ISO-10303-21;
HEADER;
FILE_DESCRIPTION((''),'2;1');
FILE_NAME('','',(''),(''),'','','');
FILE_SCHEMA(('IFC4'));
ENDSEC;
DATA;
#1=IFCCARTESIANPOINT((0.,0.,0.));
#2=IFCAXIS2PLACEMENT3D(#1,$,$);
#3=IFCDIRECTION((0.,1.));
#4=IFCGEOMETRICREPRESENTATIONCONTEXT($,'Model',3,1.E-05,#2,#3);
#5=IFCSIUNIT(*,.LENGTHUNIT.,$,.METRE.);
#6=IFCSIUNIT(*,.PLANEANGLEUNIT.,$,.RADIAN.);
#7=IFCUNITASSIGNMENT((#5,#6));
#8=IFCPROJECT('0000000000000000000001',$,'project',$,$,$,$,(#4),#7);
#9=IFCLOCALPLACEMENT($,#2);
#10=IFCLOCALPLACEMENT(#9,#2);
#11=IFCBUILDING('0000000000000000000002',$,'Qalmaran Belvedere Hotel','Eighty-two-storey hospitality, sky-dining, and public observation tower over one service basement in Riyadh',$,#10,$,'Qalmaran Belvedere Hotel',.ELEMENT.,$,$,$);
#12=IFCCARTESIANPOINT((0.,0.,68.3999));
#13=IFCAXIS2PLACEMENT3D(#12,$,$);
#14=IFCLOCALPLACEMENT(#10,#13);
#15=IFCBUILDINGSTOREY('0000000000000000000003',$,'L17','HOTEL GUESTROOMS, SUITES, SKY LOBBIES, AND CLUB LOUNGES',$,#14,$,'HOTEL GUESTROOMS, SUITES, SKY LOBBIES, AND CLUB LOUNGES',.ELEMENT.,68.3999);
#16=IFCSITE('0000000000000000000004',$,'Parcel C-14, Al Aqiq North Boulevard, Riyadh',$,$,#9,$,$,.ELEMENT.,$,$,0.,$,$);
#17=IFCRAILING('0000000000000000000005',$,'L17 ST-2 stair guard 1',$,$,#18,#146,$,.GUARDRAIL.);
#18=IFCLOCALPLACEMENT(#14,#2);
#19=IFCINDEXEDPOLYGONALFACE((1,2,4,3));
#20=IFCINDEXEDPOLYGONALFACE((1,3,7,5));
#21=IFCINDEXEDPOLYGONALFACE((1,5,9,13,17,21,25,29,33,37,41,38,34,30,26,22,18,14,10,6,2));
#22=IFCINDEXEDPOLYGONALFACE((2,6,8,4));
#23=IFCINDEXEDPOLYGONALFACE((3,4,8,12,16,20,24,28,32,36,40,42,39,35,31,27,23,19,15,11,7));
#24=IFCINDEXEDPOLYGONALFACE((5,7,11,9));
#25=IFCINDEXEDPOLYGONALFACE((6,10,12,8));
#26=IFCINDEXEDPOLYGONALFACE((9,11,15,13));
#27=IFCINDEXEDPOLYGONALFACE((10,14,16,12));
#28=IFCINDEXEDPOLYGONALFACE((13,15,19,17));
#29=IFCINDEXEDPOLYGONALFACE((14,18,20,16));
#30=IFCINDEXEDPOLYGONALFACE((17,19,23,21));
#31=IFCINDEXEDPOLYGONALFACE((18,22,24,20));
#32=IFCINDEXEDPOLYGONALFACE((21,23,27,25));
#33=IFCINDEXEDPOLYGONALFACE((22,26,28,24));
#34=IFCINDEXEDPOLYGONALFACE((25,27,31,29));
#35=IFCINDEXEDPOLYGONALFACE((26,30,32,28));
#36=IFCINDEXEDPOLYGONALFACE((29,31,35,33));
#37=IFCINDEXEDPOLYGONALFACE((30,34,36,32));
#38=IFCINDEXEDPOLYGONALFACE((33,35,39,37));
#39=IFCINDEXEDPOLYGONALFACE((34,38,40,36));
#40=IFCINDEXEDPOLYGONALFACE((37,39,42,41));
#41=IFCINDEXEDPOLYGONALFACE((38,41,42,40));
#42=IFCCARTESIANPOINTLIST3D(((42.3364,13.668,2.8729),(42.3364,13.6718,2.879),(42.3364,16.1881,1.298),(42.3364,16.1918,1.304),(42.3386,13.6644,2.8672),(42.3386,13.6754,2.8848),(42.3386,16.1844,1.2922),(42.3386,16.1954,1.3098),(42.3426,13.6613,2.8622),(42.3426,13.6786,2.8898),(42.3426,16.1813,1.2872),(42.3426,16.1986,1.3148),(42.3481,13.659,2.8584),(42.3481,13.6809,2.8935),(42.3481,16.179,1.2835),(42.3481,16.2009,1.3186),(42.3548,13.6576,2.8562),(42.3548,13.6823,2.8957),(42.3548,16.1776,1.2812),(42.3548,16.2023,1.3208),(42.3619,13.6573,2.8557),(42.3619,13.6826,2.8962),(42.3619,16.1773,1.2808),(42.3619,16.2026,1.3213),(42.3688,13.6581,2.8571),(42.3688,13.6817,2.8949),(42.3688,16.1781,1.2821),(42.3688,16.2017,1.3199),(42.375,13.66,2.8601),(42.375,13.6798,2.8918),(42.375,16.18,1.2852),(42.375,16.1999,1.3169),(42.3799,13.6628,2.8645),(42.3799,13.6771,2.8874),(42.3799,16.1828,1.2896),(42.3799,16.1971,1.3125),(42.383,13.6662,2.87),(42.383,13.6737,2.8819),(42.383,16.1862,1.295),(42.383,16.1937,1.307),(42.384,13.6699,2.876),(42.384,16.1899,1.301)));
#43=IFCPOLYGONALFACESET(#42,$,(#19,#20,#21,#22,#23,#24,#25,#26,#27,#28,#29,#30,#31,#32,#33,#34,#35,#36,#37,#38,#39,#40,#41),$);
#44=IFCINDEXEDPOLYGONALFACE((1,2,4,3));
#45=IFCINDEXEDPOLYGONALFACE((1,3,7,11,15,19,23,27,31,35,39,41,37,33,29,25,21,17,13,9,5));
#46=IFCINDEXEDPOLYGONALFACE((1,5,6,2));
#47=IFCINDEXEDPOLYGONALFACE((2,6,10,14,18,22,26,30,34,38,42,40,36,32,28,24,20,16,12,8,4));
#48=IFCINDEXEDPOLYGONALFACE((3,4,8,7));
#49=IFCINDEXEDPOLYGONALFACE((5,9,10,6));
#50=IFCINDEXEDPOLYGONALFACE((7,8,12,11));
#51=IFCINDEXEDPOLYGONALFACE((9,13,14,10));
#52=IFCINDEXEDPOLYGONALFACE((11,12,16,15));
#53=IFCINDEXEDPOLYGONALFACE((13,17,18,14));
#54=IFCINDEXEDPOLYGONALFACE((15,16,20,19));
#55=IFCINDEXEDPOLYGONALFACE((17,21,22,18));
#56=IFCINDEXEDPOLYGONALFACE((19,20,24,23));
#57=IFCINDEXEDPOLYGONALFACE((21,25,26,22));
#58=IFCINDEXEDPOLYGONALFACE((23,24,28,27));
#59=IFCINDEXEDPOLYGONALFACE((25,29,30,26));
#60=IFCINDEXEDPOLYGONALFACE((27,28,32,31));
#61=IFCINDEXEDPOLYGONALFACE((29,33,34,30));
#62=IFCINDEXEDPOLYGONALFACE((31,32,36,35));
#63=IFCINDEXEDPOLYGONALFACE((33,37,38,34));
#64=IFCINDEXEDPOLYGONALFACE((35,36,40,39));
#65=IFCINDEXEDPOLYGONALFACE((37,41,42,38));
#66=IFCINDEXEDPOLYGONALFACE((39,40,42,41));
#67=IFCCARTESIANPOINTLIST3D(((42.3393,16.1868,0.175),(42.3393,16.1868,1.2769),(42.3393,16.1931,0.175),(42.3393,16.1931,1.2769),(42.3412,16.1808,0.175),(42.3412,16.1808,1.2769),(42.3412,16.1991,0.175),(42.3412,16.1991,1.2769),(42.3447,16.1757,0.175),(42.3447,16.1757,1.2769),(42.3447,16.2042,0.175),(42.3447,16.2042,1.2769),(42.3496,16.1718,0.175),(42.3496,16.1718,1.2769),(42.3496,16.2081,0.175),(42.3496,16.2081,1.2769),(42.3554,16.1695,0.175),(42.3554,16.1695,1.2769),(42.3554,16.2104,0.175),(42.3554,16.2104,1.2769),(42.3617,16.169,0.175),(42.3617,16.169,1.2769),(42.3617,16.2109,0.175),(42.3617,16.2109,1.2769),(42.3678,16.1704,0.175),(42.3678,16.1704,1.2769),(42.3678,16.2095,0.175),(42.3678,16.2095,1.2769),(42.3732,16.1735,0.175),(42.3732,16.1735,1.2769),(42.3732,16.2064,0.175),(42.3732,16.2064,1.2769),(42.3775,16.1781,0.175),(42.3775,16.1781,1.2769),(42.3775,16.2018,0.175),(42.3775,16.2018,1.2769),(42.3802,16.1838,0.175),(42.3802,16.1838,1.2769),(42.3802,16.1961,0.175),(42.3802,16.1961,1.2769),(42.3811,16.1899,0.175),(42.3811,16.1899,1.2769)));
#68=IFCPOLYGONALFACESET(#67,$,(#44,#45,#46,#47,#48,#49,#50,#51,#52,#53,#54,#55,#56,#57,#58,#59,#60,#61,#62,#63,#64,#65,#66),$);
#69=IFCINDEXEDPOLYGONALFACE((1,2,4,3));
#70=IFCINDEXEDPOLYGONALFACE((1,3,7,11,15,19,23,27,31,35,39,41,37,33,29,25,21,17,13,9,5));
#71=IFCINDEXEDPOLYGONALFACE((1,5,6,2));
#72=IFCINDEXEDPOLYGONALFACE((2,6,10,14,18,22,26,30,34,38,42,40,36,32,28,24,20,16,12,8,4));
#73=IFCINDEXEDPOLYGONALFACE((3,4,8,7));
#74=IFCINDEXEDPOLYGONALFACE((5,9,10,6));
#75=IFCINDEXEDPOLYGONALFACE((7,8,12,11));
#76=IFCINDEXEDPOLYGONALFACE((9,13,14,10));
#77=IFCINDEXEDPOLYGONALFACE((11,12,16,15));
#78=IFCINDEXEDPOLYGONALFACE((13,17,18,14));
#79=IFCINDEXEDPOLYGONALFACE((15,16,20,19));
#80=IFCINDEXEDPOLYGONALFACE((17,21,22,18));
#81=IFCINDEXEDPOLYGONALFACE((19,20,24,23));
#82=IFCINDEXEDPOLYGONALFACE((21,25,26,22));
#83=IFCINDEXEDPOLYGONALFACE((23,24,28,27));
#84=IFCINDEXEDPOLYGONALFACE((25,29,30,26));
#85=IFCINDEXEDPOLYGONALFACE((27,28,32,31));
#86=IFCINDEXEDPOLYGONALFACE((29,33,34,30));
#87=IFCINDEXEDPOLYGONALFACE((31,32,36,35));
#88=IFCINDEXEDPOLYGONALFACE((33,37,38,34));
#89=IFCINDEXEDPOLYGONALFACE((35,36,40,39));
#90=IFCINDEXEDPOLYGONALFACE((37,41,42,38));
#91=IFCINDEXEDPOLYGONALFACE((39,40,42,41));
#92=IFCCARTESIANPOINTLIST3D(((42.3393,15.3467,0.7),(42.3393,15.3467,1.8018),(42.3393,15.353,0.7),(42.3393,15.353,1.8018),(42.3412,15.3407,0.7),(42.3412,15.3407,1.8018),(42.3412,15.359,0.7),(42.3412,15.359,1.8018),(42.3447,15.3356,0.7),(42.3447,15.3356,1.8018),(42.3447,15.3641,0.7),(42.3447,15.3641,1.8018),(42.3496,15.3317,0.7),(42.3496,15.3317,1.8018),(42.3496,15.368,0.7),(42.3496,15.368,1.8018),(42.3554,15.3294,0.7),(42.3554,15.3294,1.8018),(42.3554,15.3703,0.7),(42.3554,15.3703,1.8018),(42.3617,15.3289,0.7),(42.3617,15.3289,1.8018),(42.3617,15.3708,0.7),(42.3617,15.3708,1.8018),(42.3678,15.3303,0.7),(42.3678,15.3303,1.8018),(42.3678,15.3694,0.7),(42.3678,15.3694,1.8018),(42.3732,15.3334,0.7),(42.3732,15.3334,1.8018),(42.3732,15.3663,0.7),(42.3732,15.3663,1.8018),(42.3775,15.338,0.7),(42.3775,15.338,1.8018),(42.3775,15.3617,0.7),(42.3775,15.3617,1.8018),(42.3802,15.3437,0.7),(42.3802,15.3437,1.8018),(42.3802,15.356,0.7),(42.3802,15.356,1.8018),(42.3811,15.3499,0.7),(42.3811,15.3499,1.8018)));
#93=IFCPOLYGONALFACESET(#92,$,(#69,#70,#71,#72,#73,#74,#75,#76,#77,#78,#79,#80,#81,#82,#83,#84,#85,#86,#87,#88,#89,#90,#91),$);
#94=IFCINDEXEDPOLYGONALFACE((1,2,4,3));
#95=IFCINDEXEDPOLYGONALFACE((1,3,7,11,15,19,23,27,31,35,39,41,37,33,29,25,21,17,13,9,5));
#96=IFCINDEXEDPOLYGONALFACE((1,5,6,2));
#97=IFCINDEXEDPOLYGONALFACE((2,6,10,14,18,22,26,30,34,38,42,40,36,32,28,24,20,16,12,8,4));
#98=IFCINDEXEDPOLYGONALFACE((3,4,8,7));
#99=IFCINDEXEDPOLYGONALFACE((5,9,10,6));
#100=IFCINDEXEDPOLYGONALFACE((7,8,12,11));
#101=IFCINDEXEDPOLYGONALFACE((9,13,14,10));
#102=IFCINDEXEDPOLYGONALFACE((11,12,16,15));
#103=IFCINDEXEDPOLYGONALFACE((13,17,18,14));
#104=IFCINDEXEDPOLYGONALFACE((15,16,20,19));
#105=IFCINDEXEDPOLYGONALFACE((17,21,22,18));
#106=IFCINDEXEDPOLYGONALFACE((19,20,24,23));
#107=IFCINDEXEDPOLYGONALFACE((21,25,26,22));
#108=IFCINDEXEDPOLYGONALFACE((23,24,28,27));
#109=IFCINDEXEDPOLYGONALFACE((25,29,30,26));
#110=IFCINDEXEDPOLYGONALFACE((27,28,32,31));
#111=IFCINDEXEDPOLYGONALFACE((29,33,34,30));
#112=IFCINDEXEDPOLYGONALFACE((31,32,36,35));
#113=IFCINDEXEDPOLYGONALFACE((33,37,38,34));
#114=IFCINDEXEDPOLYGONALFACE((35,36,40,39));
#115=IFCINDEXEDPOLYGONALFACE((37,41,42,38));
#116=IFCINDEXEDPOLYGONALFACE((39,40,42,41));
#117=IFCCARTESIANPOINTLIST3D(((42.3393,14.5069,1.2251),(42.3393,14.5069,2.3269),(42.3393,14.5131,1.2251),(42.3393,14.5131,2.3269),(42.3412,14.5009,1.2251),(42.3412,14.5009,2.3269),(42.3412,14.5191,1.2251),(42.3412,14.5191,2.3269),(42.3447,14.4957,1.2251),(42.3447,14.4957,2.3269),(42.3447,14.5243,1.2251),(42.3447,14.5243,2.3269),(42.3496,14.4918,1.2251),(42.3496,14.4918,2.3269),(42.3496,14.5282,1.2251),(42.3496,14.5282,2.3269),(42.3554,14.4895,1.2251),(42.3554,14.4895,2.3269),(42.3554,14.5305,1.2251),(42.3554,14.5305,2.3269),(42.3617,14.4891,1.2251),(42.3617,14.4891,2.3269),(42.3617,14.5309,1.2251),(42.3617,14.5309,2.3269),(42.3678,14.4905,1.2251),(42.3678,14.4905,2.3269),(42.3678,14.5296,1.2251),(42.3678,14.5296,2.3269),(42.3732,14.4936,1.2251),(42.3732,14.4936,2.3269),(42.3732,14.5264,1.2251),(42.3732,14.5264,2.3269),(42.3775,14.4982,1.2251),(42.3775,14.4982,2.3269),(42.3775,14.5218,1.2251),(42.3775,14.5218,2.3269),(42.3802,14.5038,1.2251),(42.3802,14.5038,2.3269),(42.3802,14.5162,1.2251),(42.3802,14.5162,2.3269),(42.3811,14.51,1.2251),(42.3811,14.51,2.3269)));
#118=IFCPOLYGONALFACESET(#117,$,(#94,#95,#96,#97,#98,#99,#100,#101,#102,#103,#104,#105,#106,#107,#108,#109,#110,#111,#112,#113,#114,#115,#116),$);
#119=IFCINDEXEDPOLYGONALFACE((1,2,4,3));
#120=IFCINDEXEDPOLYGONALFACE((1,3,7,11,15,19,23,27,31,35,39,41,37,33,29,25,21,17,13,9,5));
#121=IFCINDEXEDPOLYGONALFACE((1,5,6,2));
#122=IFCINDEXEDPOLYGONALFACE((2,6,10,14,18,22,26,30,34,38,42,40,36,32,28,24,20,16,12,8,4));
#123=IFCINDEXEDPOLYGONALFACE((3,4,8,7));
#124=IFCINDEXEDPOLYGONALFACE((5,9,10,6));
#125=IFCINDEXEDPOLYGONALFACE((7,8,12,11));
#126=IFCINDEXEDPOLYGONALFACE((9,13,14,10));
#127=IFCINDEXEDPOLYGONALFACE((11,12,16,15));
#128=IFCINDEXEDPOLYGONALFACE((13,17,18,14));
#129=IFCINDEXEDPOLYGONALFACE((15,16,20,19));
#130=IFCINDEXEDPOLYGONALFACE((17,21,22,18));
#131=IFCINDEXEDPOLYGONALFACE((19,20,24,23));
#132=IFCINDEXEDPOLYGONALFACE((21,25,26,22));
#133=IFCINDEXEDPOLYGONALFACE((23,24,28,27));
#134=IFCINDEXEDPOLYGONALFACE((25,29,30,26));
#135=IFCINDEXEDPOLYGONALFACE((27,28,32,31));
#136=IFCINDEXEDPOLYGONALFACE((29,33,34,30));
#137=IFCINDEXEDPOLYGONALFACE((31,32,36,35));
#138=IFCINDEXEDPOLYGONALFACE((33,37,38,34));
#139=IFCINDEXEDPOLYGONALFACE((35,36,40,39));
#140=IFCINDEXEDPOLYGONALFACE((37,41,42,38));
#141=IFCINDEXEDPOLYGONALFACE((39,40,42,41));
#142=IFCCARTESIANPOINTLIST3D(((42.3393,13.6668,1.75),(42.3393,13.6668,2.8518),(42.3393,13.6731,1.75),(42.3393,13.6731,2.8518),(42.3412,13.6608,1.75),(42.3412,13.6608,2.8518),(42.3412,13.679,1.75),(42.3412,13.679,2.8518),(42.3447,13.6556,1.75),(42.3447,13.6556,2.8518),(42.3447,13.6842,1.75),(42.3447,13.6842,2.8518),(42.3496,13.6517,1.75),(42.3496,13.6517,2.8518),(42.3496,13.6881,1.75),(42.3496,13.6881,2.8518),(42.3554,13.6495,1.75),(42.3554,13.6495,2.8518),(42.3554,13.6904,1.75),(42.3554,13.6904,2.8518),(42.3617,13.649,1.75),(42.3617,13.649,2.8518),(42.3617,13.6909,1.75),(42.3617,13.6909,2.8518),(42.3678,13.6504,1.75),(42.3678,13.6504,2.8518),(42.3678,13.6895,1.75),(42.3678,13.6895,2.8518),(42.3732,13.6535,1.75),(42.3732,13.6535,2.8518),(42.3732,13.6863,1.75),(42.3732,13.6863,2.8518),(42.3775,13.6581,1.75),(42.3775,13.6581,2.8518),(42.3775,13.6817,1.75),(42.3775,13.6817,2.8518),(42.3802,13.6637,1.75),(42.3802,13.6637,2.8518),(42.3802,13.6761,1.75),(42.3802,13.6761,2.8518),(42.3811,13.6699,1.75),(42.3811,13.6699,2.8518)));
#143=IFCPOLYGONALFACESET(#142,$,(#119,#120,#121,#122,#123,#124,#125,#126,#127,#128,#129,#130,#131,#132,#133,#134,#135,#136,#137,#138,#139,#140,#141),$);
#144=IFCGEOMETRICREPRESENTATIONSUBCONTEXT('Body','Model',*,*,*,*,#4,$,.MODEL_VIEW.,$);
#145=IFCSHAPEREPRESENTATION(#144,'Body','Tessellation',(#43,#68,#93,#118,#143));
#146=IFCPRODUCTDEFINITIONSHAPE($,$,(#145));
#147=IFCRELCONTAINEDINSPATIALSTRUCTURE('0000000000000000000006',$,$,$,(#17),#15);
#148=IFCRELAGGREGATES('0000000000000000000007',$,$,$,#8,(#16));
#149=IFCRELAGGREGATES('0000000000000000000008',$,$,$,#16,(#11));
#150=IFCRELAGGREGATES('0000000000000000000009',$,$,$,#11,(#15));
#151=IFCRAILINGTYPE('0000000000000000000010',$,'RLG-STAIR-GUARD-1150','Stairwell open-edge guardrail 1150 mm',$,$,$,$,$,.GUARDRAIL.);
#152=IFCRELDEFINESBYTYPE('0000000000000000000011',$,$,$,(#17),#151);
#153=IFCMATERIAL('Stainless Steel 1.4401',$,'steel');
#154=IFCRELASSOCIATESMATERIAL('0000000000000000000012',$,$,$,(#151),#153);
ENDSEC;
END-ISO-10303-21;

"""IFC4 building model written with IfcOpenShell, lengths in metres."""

from ifc_helpers import new_model, si_unit, direction, frame, origin, origin_2d, place, context, subcontext, project, spatial, circle, extrude, material, type_object, element, save


model = new_model("IFC4")

# Units and contexts
model_context = context("Model", 3, precision=1e-05, world=origin(), true_north=direction((0.0, 1.0)))
body_context = subcontext(model_context, "Body", "Model", "MODEL_VIEW")
ifc_project = project(units=[si_unit("LENGTHUNIT", "METRE"), si_unit("PLANEANGLEUNIT", "RADIAN")], contexts=[model_context])

# Site, building, storey
site_placement = place(None, origin())
site = spatial("IfcSite", under=ifc_project, at=site_placement, Name="Parcel C-14, Al Aqiq North Boulevard, Riyadh", CompositionType="ELEMENT", RefElevation=0.0)
building_placement = place(site_placement, origin())
building = spatial("IfcBuilding", under=site, at=building_placement, Name="Qalmaran Belvedere Hotel", Description="Eighty-two-storey hospitality, sky-dining, and public observation tower over one service basement in Riyadh", LongName="Qalmaran Belvedere Hotel", CompositionType="ELEMENT")
storey_placement = place(building_placement, frame((0.0, 0.0, 68.3999)))
storey = spatial("IfcBuildingStorey", under=building, at=storey_placement, Name="L17", Description="HOTEL GUESTROOMS, SUITES, SKY LOBBIES, AND CLUB LOUNGES", LongName="HOTEL GUESTROOMS, SUITES, SKY LOBBIES, AND CLUB LOUNGES", CompositionType="ELEMENT", Elevation=68.3999)

# Shared definitions
ifc_material_1 = material(Name="Stainless Steel 1.4401", Category="steel")

# Railing
railing_type_1 = type_object("IfcRailingType", Name="RLG-STAIR-GUARD-1150", Description="Stairwell open-edge guardrail 1150 mm", PredefinedType="GUARDRAIL", material=ifc_material_1)
railing_1_placement = place(storey_placement, frame((42.3601, 16.1899, 0.175)))
element("IfcRailing", 1, at=railing_1_placement, inside=storey, type_object=railing_type_1, Name="L17 ST-2 stair guard 1", PredefinedType="GUARDRAIL", context=body_context, shape_type="SweptSolid", body=[
    extrude(circle(Radius=0.0239, at=origin_2d()), frame((0.0, 0.0, 1.126), z_axis=(0.0, -0.848008, 0.529984), x_axis=(1.0, 0.0, 0.0)), (0.0, 0.0, 1.0), 2.9717),
    extrude(circle(Radius=0.021, at=origin_2d()), origin(), (0.0, 0.0, 1.0), 1.1018),
    extrude(circle(Radius=0.021, at=origin_2d()), frame((0.0, -0.8401, 0.5249)), (0.0, 0.0, 1.0), 1.1018),
    extrude(circle(Radius=0.021, at=origin_2d()), frame((0.0, -1.6799, 1.05)), (0.0, 0.0, 1.0), 1.1018),
    extrude(circle(Radius=0.021, at=origin_2d()), frame((0.0, -2.52, 1.575)), (0.0, 0.0, 1.0), 1.1018),
])

save(model, "model.ifc")
